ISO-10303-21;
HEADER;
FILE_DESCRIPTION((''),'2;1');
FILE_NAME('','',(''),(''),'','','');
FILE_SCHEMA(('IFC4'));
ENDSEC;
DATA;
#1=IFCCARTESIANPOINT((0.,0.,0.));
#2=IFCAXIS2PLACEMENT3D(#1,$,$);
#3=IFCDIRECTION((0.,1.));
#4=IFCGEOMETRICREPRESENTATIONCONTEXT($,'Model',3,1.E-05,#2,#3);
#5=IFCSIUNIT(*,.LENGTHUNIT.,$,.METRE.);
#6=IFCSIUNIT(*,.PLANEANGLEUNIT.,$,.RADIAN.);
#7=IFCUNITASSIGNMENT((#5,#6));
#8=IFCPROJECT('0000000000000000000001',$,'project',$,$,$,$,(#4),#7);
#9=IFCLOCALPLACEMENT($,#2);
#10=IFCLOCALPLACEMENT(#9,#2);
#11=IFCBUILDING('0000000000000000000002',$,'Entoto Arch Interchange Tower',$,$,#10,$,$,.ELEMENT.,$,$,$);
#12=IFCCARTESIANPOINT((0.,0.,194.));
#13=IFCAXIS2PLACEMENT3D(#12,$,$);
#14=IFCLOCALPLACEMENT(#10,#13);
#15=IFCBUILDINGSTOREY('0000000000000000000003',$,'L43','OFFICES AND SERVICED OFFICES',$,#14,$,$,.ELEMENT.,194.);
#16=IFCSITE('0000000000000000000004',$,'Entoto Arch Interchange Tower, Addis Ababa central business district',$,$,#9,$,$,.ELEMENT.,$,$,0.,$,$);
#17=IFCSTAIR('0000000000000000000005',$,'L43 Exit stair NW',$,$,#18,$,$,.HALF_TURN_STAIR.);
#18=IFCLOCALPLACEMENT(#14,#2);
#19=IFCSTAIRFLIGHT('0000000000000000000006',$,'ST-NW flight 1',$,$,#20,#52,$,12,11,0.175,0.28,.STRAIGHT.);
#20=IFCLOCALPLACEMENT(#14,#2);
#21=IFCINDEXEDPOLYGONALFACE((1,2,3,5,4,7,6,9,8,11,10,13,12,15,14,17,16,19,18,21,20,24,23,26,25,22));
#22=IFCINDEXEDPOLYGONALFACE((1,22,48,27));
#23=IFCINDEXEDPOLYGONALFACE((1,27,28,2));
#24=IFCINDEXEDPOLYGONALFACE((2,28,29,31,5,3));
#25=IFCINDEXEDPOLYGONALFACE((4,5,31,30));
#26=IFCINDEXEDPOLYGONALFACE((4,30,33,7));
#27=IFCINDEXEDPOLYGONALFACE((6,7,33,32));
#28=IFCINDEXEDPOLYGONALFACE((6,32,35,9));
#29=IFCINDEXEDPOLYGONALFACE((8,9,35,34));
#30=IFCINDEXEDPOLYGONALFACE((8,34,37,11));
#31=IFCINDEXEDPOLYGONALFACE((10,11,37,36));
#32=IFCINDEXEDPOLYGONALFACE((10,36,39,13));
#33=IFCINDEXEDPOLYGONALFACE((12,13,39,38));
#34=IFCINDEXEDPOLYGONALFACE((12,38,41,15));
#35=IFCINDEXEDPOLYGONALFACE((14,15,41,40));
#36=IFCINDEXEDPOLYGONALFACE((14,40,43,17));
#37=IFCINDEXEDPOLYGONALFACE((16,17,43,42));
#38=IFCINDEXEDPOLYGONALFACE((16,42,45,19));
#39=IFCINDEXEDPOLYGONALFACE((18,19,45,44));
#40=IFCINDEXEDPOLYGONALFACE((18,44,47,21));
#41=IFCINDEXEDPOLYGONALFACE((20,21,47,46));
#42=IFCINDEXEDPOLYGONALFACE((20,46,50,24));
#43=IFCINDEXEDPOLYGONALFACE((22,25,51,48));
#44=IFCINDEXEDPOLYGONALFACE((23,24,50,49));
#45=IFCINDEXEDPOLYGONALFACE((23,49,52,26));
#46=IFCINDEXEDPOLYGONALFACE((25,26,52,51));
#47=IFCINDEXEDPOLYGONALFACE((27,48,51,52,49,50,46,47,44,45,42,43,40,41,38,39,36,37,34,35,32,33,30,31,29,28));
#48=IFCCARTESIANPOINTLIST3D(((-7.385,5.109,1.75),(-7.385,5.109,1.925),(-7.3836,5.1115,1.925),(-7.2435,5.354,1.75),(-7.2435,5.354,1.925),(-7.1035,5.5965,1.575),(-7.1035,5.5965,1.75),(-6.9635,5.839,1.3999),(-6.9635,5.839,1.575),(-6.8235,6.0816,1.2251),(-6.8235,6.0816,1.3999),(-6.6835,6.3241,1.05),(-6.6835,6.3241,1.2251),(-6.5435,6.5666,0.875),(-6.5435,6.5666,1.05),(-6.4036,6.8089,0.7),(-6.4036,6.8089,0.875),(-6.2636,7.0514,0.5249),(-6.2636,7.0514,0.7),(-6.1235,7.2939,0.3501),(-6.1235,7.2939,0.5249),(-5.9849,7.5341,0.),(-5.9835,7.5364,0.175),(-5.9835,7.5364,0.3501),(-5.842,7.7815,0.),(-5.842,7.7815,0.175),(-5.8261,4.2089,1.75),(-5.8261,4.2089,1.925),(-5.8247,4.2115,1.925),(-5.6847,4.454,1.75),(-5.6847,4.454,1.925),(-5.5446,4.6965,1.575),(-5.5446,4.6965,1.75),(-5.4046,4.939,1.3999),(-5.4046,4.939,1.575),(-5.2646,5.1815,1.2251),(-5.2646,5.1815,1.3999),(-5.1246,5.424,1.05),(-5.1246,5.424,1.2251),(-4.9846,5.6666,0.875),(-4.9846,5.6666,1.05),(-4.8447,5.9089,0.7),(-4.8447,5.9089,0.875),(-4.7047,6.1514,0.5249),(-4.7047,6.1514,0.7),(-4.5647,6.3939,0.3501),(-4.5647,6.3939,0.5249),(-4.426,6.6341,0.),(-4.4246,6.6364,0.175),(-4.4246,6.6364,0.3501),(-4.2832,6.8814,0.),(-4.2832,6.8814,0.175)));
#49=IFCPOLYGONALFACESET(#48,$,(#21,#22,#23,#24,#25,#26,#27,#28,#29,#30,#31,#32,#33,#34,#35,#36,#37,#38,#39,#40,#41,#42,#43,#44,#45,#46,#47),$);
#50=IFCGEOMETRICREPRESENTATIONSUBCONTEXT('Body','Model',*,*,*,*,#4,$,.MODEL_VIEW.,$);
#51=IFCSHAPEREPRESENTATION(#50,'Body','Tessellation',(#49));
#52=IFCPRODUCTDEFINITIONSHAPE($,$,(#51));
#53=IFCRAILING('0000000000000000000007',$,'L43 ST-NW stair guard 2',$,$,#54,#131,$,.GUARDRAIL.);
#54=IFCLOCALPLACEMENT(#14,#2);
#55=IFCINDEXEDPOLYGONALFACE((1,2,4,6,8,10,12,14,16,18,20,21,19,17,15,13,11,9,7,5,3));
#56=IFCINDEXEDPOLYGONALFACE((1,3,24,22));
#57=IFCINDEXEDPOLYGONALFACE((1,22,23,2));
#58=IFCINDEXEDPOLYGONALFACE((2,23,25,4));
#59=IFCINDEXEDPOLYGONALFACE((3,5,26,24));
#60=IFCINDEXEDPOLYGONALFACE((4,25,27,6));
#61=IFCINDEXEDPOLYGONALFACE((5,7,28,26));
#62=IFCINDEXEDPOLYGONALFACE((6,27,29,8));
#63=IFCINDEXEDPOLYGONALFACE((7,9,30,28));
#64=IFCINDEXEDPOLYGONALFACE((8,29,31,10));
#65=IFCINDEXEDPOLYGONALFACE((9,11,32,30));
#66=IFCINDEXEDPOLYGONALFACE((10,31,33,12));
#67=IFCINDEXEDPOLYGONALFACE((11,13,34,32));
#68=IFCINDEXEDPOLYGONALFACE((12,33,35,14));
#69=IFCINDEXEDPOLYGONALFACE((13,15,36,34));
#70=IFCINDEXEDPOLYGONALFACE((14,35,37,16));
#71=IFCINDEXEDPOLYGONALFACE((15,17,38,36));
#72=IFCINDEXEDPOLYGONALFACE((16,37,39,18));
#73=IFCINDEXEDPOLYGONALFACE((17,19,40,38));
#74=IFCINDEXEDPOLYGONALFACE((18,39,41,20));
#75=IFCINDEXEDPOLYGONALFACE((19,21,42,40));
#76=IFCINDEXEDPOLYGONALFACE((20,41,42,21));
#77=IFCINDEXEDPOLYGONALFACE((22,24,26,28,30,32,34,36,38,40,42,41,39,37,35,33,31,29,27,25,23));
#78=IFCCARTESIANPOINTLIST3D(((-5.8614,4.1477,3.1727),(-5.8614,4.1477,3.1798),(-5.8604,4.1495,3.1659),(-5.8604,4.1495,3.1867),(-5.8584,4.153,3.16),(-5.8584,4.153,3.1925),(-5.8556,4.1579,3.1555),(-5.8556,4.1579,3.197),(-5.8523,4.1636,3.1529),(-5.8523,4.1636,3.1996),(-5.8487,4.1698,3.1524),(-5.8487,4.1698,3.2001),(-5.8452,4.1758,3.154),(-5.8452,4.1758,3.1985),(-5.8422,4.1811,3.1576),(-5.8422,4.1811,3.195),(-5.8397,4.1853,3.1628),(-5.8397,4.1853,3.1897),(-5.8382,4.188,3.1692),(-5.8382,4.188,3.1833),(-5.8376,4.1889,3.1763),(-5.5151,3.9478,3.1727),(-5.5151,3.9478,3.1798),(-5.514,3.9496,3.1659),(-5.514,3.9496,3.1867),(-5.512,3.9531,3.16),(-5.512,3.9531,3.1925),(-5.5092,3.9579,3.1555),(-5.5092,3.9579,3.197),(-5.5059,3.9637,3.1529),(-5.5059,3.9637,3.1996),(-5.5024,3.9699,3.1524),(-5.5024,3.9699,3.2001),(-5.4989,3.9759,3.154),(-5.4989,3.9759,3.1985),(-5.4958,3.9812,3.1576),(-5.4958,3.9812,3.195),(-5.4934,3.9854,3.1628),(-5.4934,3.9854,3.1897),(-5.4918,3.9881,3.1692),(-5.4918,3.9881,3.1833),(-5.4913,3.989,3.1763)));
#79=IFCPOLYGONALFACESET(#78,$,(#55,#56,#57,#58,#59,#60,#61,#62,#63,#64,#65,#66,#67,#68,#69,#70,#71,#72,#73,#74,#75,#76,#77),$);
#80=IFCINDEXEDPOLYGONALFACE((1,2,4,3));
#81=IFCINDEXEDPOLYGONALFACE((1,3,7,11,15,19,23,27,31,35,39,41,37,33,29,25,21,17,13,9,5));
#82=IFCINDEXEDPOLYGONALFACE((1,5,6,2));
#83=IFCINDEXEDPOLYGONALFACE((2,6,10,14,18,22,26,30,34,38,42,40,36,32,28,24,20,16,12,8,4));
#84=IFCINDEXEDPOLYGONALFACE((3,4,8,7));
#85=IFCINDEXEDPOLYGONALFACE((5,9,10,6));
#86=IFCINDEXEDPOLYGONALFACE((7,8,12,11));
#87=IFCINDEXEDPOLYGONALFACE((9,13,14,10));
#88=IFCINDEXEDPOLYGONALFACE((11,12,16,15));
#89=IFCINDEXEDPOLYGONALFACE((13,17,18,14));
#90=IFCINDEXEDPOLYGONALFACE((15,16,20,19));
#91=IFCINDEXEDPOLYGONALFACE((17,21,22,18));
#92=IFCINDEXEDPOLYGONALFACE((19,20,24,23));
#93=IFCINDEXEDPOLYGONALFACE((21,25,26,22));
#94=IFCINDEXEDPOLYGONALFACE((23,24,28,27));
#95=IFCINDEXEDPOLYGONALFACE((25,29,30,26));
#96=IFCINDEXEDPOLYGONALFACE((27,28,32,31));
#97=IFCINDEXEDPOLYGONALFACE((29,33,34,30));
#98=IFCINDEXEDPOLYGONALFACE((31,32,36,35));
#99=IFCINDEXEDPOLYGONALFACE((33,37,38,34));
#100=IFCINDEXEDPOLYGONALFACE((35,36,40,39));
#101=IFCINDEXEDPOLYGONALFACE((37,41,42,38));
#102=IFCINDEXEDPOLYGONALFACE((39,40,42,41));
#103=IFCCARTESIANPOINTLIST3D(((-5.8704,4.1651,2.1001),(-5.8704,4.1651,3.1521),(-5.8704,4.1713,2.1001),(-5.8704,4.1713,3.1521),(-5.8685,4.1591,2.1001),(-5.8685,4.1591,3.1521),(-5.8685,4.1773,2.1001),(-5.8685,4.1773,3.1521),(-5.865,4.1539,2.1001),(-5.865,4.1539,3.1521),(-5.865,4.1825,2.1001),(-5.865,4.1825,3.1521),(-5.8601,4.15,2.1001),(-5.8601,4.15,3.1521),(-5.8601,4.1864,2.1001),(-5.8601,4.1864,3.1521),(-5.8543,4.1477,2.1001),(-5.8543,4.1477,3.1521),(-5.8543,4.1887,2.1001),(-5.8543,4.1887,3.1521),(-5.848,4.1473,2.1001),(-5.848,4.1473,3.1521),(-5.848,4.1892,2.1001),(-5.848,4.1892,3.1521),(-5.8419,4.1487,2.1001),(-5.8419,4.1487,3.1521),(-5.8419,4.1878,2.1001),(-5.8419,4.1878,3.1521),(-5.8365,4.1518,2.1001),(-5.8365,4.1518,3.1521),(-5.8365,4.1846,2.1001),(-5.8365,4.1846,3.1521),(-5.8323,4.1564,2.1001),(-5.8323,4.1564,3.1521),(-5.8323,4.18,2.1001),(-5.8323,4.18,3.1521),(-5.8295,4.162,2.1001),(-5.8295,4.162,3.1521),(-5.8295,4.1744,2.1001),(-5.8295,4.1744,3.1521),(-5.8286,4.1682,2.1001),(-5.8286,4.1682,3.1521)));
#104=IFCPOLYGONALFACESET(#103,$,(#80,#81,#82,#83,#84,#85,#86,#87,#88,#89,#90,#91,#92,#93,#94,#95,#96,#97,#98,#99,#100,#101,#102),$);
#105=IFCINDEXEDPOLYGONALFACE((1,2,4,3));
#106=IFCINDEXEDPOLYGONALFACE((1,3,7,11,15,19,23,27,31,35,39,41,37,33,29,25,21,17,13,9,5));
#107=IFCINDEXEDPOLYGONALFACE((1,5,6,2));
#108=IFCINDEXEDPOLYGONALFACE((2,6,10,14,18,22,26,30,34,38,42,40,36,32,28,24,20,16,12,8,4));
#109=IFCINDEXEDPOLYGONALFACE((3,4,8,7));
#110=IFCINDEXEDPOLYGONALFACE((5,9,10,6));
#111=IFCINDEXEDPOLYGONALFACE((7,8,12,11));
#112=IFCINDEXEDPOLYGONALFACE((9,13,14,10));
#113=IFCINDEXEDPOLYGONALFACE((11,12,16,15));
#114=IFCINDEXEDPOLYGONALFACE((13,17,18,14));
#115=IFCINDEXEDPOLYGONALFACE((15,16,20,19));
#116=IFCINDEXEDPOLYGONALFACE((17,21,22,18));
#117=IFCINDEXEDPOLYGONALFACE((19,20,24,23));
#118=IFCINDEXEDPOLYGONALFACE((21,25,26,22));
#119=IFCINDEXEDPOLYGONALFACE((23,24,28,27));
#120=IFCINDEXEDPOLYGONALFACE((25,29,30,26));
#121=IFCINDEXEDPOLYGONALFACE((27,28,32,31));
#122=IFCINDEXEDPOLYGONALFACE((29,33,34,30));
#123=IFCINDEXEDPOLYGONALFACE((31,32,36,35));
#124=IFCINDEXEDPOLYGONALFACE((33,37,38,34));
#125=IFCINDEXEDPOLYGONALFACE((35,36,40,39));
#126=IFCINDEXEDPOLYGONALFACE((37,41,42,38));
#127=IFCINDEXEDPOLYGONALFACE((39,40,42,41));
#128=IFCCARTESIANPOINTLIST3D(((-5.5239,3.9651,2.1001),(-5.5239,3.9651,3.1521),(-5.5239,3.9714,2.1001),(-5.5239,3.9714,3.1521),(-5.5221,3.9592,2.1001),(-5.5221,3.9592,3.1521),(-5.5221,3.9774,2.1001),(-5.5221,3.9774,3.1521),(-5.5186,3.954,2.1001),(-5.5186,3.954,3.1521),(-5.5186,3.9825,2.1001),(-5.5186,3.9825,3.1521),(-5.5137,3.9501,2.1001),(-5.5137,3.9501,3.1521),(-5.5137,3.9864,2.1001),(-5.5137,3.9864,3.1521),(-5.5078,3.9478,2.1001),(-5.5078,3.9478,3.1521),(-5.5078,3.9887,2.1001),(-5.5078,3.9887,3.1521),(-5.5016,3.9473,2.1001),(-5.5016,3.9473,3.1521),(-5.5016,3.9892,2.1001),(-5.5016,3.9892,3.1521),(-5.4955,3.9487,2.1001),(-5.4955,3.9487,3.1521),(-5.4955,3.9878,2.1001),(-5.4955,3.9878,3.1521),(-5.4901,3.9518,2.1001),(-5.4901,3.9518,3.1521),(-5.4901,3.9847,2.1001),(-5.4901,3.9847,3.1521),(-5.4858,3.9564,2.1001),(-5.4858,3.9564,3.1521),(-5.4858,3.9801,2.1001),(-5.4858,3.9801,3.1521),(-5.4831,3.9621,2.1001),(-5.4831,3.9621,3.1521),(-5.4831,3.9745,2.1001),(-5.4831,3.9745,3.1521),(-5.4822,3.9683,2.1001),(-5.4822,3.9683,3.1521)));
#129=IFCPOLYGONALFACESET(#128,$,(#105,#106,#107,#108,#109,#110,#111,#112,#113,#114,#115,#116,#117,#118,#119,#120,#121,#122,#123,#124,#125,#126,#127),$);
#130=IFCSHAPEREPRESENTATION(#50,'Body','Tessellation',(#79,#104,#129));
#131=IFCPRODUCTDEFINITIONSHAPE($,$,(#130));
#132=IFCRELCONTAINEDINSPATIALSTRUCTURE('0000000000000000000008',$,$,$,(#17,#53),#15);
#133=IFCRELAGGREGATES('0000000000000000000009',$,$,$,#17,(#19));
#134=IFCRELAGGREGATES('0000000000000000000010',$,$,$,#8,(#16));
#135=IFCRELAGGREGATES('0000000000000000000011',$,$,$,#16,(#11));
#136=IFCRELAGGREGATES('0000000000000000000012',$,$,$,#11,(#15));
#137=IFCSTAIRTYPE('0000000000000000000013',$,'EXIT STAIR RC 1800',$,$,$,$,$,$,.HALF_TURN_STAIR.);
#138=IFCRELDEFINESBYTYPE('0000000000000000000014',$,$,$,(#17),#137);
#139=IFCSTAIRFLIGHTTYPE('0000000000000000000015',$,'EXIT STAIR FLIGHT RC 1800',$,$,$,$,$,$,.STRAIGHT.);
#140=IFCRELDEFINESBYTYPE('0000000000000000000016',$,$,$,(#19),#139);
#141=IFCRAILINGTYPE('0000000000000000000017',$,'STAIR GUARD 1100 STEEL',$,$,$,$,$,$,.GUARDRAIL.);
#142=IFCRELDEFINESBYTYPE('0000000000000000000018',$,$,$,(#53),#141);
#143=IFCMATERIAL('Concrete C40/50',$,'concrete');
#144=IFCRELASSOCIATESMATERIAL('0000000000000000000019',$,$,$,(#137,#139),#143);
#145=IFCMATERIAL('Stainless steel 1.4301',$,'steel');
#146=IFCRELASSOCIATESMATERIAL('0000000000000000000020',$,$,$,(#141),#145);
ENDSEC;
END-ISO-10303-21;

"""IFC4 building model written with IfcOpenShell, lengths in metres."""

from ifc_helpers import new_model, si_unit, direction, frame, origin, origin_2d, place, context, subcontext, project, spatial, polyline, circle, outline, extrude, material, type_object, element, aggregate, save


model = new_model("IFC4")

# Units and contexts
model_context = context("Model", 3, precision=1e-05, world=origin(), true_north=direction((0.0, 1.0)))
body_context = subcontext(model_context, "Body", "Model", "MODEL_VIEW")
ifc_project = project(units=[si_unit("LENGTHUNIT", "METRE"), si_unit("PLANEANGLEUNIT", "RADIAN")], contexts=[model_context])

# Site, building, storey
site_placement = place(None, origin())
site = spatial("IfcSite", under=ifc_project, at=site_placement, Name="Entoto Arch Interchange Tower, Addis Ababa central business district", CompositionType="ELEMENT", RefElevation=0.0)
building_placement = place(site_placement, origin())
building = spatial("IfcBuilding", under=site, at=building_placement, Name="Entoto Arch Interchange Tower", CompositionType="ELEMENT")
storey_placement = place(building_placement, frame((0.0, 0.0, 194.0)))
storey = spatial("IfcBuildingStorey", under=building, at=storey_placement, Name="L43", Description="OFFICES AND SERVICED OFFICES", CompositionType="ELEMENT", Elevation=194.0)

# Shared definitions
ifc_material_1 = material(Name="Concrete C40/50", Category="concrete")

# Stair, stair flight
stair_type = type_object("IfcStairType", Name="EXIT STAIR RC 1800", PredefinedType="HALF_TURN_STAIR", material=ifc_material_1)
stair_placement = place(storey_placement, origin())
stair = element("IfcStair", 1, at=stair_placement, inside=storey, type_object=stair_type, Name="L43 Exit stair NW", PredefinedType="HALF_TURN_STAIR")
stair_flight_type = type_object("IfcStairFlightType", Name="EXIT STAIR FLIGHT RC 1800", PredefinedType="STRAIGHT", material=ifc_material_1)
stair_flight_placement = place(storey_placement, frame((-5.064, 7.3289, 0.0), z_axis=(0.0, 0.0, 1.0), x_axis=(-0.5, -0.866025, 0.0)))
stair_flight = element("IfcStairFlight", 2, at=stair_flight_placement, type_object=stair_flight_type, Name="ST-NW flight 1", NumberOfRisers=12, NumberOfTreads=11, PredefinedType="STRAIGHT", RiserHeight=0.175, TreadLength=0.28, context=body_context, shape_type="SweptSolid", body=[
    extrude(outline(polyline([(-0.0029, 0.0), (-0.0029, 0.175), (0.28, 0.175), (0.28, 0.3501), (0.5601, 0.3501), (0.5601, 0.5249), (0.8401, 0.5249), (0.8401, 0.7), (1.1201, 0.7), (1.1201, 0.875), (1.3999, 0.875), (1.3999, 1.05), (1.6799, 1.05), (1.6799, 1.2251), (1.96, 1.2251), (1.96, 1.3999), (2.24, 1.3999), (2.24, 1.575), (2.52, 1.575), (2.52, 1.75), (2.8, 1.75), (2.8, 1.925), (3.0801, 1.925), (3.083, 1.925), (3.083, 1.75), (0.2827, 0.0), (-0.0029, 0.0)])), frame((0.0, 0.8999, 0.0), z_axis=(0.0, -1.0, 0.0), x_axis=(1.0, 0.0, 0.0)), (0.0, 0.0, 1.0), 1.8),
])
aggregate(stair, [stair_flight])

# Railing
ifc_material_2 = material(Name="Stainless steel 1.4301", Category="steel")
railing_type_1 = type_object("IfcRailingType", Name="STAIR GUARD 1100 STEEL", PredefinedType="GUARDRAIL", material=ifc_material_2)
railing_1_placement = place(storey_placement, frame((-5.8496, 4.1682, 2.1001)))
element("IfcRailing", 3, at=railing_1_placement, inside=storey, type_object=railing_type_1, Name="L43 ST-NW stair guard 2", PredefinedType="GUARDRAIL", context=body_context, shape_type="SweptSolid", body=[
    extrude(circle(Radius=0.0239, at=origin_2d()), frame((0.0, 0.0, 1.0762), z_axis=(0.866094, -0.499881, 0.0), x_axis=(0.499881, 0.866094, 0.0)), (0.0, 0.0, 1.0), 0.3999),
    extrude(circle(Radius=0.021, at=origin_2d()), origin(), (0.0, 0.0, 1.0), 1.052),
    extrude(circle(Radius=0.021, at=origin_2d()), frame((0.3464, -0.2, 0.0)), (0.0, 0.0, 1.0), 1.052),
])

save(model, "model.ifc")
